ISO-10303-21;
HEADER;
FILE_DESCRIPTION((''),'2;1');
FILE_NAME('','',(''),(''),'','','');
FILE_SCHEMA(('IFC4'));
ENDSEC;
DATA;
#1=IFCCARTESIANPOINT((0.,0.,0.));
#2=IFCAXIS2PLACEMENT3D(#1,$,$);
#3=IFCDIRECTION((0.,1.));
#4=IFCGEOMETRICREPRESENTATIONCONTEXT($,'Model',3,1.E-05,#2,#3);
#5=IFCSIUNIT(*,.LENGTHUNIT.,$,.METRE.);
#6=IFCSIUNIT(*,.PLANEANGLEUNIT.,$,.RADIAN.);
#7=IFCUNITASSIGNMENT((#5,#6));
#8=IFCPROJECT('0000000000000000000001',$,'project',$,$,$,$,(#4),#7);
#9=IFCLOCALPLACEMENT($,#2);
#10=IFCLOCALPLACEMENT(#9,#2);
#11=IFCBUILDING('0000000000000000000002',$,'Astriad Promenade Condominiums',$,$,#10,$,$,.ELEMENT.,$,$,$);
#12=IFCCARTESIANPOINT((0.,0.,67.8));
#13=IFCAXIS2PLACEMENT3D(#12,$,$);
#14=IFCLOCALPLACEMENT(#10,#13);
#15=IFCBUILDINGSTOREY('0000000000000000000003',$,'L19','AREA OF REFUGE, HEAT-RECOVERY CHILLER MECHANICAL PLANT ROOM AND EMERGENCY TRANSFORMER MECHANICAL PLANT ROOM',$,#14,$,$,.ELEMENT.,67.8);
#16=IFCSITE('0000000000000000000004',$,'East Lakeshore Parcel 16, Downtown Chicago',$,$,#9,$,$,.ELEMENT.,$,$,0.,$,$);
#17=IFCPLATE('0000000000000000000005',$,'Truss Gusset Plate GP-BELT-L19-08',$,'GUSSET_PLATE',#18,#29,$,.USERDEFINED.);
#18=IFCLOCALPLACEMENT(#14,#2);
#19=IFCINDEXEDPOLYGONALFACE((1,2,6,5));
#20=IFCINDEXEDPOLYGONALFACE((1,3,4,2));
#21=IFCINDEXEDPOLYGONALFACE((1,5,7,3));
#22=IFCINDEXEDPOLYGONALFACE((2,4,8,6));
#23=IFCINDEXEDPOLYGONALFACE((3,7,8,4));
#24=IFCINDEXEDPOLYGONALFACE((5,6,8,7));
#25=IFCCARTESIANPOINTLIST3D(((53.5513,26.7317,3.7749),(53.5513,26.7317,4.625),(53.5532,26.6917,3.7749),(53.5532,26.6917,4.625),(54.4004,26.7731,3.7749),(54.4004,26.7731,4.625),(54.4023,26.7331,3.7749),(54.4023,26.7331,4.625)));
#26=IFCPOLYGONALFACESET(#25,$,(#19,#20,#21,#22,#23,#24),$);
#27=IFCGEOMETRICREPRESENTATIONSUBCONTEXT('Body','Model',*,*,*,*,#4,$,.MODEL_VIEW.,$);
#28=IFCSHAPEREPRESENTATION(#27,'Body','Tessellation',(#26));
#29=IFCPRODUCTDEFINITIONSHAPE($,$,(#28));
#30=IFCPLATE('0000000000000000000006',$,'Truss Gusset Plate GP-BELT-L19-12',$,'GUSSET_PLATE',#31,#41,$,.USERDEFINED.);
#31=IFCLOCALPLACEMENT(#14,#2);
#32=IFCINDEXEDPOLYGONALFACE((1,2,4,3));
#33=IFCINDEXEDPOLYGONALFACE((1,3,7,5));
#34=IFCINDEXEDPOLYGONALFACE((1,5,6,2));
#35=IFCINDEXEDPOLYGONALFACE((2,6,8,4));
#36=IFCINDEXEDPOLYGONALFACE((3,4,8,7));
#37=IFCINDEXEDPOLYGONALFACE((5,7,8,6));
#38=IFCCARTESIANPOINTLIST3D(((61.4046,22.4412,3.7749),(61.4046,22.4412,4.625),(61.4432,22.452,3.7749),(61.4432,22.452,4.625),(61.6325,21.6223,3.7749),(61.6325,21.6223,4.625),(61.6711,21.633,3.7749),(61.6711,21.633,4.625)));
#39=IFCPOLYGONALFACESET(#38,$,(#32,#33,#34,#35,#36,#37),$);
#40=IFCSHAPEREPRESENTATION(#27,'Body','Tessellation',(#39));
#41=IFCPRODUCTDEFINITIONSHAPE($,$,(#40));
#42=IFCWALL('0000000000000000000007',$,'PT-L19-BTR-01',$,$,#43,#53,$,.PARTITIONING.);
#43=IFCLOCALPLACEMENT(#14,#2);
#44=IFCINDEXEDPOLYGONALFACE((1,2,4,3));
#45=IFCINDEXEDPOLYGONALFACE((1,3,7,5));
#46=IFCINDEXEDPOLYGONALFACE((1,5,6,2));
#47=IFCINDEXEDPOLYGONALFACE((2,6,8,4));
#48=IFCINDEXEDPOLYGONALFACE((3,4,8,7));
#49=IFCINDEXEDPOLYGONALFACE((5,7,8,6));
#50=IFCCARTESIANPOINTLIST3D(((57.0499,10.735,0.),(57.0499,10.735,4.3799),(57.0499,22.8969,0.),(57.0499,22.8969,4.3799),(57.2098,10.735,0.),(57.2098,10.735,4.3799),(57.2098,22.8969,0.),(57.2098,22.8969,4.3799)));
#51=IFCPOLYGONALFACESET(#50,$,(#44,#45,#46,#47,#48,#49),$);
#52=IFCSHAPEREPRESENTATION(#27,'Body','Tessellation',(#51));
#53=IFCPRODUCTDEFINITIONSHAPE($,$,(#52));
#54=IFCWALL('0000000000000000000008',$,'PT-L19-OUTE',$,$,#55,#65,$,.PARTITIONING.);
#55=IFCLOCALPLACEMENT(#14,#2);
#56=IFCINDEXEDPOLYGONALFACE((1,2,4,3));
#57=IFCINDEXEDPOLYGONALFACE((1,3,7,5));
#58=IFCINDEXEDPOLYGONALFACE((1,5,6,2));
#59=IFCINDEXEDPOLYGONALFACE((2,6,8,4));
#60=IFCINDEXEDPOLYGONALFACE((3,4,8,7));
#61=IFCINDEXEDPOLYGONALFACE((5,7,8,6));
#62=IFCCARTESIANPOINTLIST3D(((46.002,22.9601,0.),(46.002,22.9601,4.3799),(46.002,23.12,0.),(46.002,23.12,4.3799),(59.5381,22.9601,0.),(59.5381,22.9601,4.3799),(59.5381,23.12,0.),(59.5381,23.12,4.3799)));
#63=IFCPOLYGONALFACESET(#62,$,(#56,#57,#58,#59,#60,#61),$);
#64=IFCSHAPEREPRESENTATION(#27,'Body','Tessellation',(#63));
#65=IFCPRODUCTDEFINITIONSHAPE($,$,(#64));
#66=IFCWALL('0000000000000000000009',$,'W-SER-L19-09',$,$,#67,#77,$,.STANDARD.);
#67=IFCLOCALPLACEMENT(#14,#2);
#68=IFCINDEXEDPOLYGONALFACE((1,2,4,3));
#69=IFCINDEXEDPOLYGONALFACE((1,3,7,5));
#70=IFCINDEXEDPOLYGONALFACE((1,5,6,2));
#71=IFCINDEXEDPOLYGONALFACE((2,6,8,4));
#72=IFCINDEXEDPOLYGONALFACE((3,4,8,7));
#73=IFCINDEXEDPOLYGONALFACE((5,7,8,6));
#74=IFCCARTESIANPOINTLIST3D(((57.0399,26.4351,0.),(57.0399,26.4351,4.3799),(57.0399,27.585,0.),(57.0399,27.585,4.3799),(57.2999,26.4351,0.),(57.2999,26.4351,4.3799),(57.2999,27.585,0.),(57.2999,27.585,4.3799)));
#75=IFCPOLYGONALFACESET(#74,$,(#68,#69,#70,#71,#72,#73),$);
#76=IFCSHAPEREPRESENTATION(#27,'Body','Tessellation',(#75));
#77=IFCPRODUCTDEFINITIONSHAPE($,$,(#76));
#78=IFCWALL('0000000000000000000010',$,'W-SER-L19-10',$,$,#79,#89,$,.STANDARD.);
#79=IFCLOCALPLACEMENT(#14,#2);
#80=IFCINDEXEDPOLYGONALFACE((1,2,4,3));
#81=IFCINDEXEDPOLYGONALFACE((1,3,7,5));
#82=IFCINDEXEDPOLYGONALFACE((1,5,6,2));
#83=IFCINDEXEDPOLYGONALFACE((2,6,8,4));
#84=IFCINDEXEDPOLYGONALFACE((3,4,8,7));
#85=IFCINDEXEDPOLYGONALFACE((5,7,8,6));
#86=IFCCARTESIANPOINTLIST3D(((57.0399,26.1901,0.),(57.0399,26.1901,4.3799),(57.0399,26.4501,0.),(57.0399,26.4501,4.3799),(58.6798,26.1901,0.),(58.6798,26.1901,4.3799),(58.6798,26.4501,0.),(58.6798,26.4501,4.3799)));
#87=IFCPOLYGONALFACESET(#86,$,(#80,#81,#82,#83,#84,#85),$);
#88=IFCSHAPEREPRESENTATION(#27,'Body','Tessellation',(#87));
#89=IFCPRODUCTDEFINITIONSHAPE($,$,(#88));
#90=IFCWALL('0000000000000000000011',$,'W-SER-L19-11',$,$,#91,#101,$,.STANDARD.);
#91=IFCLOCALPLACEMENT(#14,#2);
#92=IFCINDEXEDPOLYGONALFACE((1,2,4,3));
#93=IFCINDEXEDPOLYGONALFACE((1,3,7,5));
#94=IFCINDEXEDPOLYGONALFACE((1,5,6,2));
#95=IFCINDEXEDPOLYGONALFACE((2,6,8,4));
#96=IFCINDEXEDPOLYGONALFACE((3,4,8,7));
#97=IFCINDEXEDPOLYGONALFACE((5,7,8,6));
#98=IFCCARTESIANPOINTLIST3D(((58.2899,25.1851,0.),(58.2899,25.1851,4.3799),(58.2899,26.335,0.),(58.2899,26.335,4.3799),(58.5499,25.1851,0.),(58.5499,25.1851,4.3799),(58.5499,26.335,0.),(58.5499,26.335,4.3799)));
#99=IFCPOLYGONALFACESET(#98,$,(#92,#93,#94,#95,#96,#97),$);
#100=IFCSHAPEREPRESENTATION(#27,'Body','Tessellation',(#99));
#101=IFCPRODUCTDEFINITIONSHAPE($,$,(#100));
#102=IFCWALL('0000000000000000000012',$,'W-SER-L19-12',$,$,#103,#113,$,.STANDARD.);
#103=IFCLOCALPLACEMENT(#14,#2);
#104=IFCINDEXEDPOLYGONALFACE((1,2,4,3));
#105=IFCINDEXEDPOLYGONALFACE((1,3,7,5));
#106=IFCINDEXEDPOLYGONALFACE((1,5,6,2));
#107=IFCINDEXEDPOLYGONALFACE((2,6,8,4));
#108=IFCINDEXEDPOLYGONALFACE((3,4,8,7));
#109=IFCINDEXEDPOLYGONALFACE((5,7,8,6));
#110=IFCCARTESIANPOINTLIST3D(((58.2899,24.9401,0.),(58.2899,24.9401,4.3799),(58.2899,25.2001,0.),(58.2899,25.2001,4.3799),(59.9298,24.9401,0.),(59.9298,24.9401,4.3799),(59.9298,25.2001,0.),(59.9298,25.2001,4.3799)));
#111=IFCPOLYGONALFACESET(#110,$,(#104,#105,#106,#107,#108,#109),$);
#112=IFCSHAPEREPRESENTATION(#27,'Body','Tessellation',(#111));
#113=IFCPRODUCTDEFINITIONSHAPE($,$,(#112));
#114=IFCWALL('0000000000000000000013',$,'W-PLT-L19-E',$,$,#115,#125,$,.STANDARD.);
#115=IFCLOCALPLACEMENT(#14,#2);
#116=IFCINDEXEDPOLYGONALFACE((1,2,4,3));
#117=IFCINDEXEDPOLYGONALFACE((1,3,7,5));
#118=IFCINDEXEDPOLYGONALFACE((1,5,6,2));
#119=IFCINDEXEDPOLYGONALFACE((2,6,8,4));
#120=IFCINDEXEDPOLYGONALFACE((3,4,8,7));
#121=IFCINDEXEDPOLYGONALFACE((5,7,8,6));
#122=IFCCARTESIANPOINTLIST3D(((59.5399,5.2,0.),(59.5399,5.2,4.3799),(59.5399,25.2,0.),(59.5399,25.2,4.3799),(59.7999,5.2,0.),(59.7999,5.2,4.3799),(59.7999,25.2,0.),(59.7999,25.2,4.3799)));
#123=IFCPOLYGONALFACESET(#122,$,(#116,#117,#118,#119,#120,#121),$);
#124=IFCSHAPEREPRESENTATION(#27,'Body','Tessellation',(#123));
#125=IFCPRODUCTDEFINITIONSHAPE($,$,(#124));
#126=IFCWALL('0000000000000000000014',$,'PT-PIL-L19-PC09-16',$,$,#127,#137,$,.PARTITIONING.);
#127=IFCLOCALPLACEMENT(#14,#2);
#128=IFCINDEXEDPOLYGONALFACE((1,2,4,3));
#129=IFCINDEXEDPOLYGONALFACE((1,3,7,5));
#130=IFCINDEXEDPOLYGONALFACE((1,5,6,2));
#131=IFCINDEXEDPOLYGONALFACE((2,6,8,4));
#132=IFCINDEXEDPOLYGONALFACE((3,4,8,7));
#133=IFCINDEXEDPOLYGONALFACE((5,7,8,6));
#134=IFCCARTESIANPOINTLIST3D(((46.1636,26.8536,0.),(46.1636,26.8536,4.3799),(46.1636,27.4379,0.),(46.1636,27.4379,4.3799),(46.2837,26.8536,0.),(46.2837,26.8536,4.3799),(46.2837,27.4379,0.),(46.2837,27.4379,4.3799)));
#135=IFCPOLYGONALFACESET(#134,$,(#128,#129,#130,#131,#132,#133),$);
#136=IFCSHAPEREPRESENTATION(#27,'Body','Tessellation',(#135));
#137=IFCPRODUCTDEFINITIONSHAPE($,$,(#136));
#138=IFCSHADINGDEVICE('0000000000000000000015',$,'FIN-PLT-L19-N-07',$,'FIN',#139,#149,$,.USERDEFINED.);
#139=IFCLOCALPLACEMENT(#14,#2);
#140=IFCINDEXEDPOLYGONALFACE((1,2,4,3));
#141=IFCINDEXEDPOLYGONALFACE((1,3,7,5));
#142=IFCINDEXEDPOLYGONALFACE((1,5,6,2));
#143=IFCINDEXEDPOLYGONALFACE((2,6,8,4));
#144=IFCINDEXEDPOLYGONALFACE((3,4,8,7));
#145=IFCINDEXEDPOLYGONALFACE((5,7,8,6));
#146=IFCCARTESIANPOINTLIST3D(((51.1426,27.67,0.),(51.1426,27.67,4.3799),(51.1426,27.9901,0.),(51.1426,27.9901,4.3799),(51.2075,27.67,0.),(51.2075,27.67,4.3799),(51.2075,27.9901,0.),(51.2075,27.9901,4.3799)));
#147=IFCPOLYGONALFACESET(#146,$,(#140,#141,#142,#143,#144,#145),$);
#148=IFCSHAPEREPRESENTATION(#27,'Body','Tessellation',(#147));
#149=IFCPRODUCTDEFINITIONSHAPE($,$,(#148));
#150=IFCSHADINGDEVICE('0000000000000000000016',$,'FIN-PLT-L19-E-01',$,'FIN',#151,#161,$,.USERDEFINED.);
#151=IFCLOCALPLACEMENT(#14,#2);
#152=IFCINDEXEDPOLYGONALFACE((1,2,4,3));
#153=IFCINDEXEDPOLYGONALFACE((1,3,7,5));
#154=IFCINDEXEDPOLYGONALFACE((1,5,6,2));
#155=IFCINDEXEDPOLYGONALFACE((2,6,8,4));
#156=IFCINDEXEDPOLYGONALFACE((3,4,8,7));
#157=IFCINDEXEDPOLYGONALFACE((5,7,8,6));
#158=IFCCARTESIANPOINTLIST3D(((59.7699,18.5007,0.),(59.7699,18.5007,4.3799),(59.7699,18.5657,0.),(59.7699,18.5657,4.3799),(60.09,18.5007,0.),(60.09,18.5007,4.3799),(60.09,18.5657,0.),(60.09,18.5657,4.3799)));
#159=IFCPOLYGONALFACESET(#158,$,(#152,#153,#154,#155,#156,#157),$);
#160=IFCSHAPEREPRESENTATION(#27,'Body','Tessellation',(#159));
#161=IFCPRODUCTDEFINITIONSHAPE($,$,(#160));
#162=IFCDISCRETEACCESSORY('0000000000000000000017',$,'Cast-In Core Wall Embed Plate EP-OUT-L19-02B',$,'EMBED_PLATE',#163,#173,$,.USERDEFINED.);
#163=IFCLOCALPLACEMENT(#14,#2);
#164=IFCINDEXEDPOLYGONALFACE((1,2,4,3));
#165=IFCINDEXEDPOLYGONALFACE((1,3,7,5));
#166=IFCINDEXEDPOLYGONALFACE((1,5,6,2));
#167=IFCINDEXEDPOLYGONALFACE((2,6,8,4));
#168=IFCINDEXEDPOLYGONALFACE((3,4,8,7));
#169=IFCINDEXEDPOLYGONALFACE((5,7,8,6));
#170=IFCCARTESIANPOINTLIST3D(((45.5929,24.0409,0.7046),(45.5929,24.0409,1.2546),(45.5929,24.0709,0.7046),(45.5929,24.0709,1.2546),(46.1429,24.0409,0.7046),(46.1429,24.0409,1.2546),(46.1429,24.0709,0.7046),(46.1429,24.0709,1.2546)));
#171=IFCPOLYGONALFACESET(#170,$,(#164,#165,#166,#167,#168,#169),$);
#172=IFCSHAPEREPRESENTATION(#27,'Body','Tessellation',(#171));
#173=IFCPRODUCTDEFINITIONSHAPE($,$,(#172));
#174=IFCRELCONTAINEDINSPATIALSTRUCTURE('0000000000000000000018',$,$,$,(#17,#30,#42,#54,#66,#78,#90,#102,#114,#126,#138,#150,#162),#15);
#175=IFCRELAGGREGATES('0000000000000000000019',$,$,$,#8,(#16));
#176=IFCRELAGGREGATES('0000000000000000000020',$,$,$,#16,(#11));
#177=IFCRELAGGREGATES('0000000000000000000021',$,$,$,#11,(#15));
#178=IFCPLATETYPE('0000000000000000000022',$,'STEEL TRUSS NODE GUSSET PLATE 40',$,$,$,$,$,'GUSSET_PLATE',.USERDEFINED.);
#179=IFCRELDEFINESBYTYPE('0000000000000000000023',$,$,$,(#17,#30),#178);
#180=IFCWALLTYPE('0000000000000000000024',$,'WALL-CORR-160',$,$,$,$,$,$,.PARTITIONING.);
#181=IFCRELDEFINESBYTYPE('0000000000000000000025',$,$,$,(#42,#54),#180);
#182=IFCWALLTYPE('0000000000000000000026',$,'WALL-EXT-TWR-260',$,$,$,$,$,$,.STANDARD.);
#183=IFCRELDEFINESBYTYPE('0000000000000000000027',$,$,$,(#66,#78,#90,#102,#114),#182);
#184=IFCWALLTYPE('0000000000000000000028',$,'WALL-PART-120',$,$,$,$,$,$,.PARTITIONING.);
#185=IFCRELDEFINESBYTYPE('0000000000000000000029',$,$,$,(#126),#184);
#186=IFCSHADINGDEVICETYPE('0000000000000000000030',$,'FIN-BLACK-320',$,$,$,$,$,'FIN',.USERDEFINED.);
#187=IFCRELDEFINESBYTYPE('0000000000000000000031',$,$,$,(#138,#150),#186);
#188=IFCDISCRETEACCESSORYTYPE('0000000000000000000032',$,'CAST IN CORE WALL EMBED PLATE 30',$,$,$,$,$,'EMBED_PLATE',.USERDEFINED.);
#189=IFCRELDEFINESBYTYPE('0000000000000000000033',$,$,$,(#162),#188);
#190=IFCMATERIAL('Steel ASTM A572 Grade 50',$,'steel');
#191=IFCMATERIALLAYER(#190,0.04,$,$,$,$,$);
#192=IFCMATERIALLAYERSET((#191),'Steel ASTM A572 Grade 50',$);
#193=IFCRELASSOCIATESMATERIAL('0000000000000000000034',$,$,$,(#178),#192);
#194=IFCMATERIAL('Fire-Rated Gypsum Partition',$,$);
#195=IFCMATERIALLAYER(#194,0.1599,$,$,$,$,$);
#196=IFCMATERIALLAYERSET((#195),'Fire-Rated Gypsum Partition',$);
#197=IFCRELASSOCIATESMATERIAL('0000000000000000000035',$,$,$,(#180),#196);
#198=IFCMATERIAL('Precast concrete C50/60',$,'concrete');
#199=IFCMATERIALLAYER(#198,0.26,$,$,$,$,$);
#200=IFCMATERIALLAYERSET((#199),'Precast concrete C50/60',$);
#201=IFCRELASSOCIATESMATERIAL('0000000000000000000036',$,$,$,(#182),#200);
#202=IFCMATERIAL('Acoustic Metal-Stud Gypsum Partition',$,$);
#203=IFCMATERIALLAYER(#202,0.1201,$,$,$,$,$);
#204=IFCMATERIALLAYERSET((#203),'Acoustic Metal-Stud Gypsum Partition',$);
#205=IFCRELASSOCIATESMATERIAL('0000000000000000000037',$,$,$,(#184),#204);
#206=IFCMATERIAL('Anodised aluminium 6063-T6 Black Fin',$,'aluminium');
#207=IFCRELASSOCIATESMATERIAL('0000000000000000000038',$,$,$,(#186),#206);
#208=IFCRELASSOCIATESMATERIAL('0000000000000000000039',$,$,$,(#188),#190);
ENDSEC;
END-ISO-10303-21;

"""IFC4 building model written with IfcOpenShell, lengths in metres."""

from ifc_helpers import new_model, si_unit, direction, frame, frame_2d, origin, origin_2d, place, context, subcontext, project, spatial, rectangle, extrude, source, transform, mapped, material, layer, layer_set, type_object, type_shapes, element, save


model = new_model("IFC4")

# Units and contexts
model_context = context("Model", 3, precision=1e-05, world=origin(), true_north=direction((0.0, 1.0)))
body_context = subcontext(model_context, "Body", "Model", "MODEL_VIEW")
ifc_project = project(units=[si_unit("LENGTHUNIT", "METRE"), si_unit("PLANEANGLEUNIT", "RADIAN")], contexts=[model_context])

# Site, building, storey
site_placement = place(None, origin())
site = spatial("IfcSite", under=ifc_project, at=site_placement, Name="East Lakeshore Parcel 16, Downtown Chicago", CompositionType="ELEMENT", RefElevation=0.0)
building_placement = place(site_placement, origin())
building = spatial("IfcBuilding", under=site, at=building_placement, Name="Astriad Promenade Condominiums", CompositionType="ELEMENT")
storey_placement = place(building_placement, frame((0.0, 0.0, 67.8)))
storey = spatial("IfcBuildingStorey", under=building, at=storey_placement, Name="L19", Description="AREA OF REFUGE, HEAT-RECOVERY CHILLER MECHANICAL PLANT ROOM AND EMERGENCY TRANSFORMER MECHANICAL PLANT ROOM", CompositionType="ELEMENT", Elevation=67.8)

# Plates
ifc_material_1 = material(Name="Steel ASTM A572 Grade 50", Category="steel")
ifc_layer_1 = layer(ifc_material_1, 0.04)
ifc_layer_set_1 = layer_set([ifc_layer_1], Name="Steel ASTM A572 Grade 50")
plate_type_1 = type_object("IfcPlateType", Name="STEEL TRUSS NODE GUSSET PLATE 40", ElementType="GUSSET_PLATE", PredefinedType="USERDEFINED", material=ifc_layer_set_1)
shared_shape_1 = source(origin(), body_context, "Body", "SweptSolid", [
    extrude(rectangle(XDim=0.8501, YDim=0.04, at=origin_2d()), origin(), (0.0, 0.0, 1.0), 0.8501),
])
type_shapes(plate_type_1, [shared_shape_1])
for number, where, z_axis, x_axis, name in (
    (1, (53.9768, 26.7324, 3.7749), (0.0, 0.0, 1.0), (0.998815, 0.048675, 0.0), "Truss Gusset Plate GP-BELT-L19-08"),
    (2, (61.5378, 22.0371, 3.7749), (0.0, 0.0, 1.0), (-0.268079, 0.963397, 0.0), "Truss Gusset Plate GP-BELT-L19-12"),
):
    element("IfcPlate", number, at=place(storey_placement, frame(where, z_axis=z_axis, x_axis=x_axis)), inside=storey, type_object=plate_type_1, Name=name, ObjectType="GUSSET_PLATE", PredefinedType="USERDEFINED", context=body_context, shape_type="MappedRepresentation", body=[
        mapped(shared_shape_1, transform((0.0, 0.0, 0.0), scale=1.0)),
    ])

# Walls
ifc_material_2 = material(Name="Fire-Rated Gypsum Partition")
ifc_layer_2 = layer(ifc_material_2, 0.1599)
ifc_layer_set_2 = layer_set([ifc_layer_2], Name="Fire-Rated Gypsum Partition")
wall_type_1 = type_object("IfcWallType", Name="WALL-CORR-160", PredefinedType="PARTITIONING", material=ifc_layer_set_2)
wall_1_placement = place(storey_placement, frame((57.1299, 22.897, 0.0), z_axis=(0.0, 0.0, 1.0), x_axis=(0.0, -1.0, 0.0)))
element("IfcWall", 3, at=wall_1_placement, inside=storey, type_object=wall_type_1, Name="PT-L19-BTR-01", PredefinedType="PARTITIONING", context=body_context, shape_type="SweptSolid", body=[
    extrude(rectangle(XDim=12.1619, YDim=0.1599, at=frame_2d((6.0811, 0.0))), origin(), (0.0, 0.0, 1.0), 4.3799),
])
wall_2_placement = place(storey_placement, frame((46.002, 23.04, 0.0), z_axis=(0.0, 0.0, 1.0), x_axis=(1.0, 0.0, 0.0)))
element("IfcWall", 4, at=wall_2_placement, inside=storey, type_object=wall_type_1, Name="PT-L19-OUTE", PredefinedType="PARTITIONING", context=body_context, shape_type="SweptSolid", body=[
    extrude(rectangle(XDim=13.5361, YDim=0.1599, at=frame_2d((6.7681, 0.0))), origin(), (0.0, 0.0, 1.0), 4.3799),
])
ifc_material_3 = material(Name="Precast concrete C50/60", Category="concrete")
ifc_layer_3 = layer(ifc_material_3, 0.26)
ifc_layer_set_3 = layer_set([ifc_layer_3], Name="Precast concrete C50/60")
wall_type_2 = type_object("IfcWallType", Name="WALL-EXT-TWR-260", PredefinedType="STANDARD", material=ifc_layer_set_3)
wall_3_placement = place(storey_placement, frame((57.1699, 27.585, 0.0), z_axis=(0.0, 0.0, 1.0), x_axis=(0.0, -1.0, 0.0)))
element("IfcWall", 5, at=wall_3_placement, inside=storey, type_object=wall_type_2, Name="W-SER-L19-09", PredefinedType="STANDARD", context=body_context, shape_type="SweptSolid", body=[
    extrude(rectangle(XDim=1.1499, YDim=0.26, at=frame_2d((0.575, 0.0))), origin(), (0.0, 0.0, 1.0), 4.3799),
])
wall_4_placement = place(storey_placement, frame((57.04, 26.3201, 0.0), z_axis=(0.0, 0.0, 1.0), x_axis=(1.0, 0.0, 0.0)))
element("IfcWall", 6, at=wall_4_placement, inside=storey, type_object=wall_type_2, Name="W-SER-L19-10", PredefinedType="STANDARD", context=body_context, shape_type="SweptSolid", body=[
    extrude(rectangle(XDim=1.6399, YDim=0.26, at=frame_2d((0.8198, 0.0))), origin(), (0.0, 0.0, 1.0), 4.3799),
])
wall_5_placement = place(storey_placement, frame((58.4199, 26.335, 0.0), z_axis=(0.0, 0.0, 1.0), x_axis=(0.0, -1.0, 0.0)))
element("IfcWall", 7, at=wall_5_placement, inside=storey, type_object=wall_type_2, Name="W-SER-L19-11", PredefinedType="STANDARD", context=body_context, shape_type="SweptSolid", body=[
    extrude(rectangle(XDim=1.1499, YDim=0.26, at=frame_2d((0.575, 0.0))), origin(), (0.0, 0.0, 1.0), 4.3799),
])
wall_6_placement = place(storey_placement, frame((58.29, 25.0701, 0.0), z_axis=(0.0, 0.0, 1.0), x_axis=(1.0, 0.0, 0.0)))
element("IfcWall", 8, at=wall_6_placement, inside=storey, type_object=wall_type_2, Name="W-SER-L19-12", PredefinedType="STANDARD", context=body_context, shape_type="SweptSolid", body=[
    extrude(rectangle(XDim=1.6399, YDim=0.26, at=frame_2d((0.8198, 0.0))), origin(), (0.0, 0.0, 1.0), 4.3799),
])
wall_7_placement = place(storey_placement, frame((59.6699, 25.2, 0.0), z_axis=(0.0, 0.0, 1.0), x_axis=(0.0, -1.0, 0.0)))
element("IfcWall", 9, at=wall_7_placement, inside=storey, type_object=wall_type_2, Name="W-PLT-L19-E", PredefinedType="STANDARD", context=body_context, shape_type="SweptSolid", body=[
    extrude(rectangle(XDim=20.0, YDim=0.26, at=frame_2d((10.0, 0.0))), origin(), (0.0, 0.0, 1.0), 4.3799),
])
ifc_material_4 = material(Name="Acoustic Metal-Stud Gypsum Partition")
ifc_layer_4 = layer(ifc_material_4, 0.1201)
ifc_layer_set_4 = layer_set([ifc_layer_4], Name="Acoustic Metal-Stud Gypsum Partition")
wall_type_3 = type_object("IfcWallType", Name="WALL-PART-120", PredefinedType="PARTITIONING", material=ifc_layer_set_4)
wall_8_placement = place(storey_placement, frame((46.2236, 26.8538, 0.0), z_axis=(0.0, 0.0, 1.0), x_axis=(0.0, 1.0, 0.0)))
element("IfcWall", 10, at=wall_8_placement, inside=storey, type_object=wall_type_3, Name="PT-PIL-L19-PC09-16", PredefinedType="PARTITIONING", context=body_context, shape_type="SweptSolid", body=[
    extrude(rectangle(XDim=0.5842, YDim=0.1201, at=frame_2d((0.292, 0.0))), origin(), (0.0, 0.0, 1.0), 4.3799),
])

# Shading devices
ifc_material_5 = material(Name="Anodised aluminium 6063-T6 Black Fin", Category="aluminium")
shading_device_type = type_object("IfcShadingDeviceType", Name="FIN-BLACK-320", ElementType="FIN", PredefinedType="USERDEFINED", material=ifc_material_5)
shared_shape_2 = source(origin(), body_context, "Body", "SweptSolid", [
    extrude(rectangle(XDim=0.0649, YDim=0.3201, at=origin_2d()), origin(), (0.0, 0.0, 1.0), 4.3799),
])
type_shapes(shading_device_type, [shared_shape_2])
for number, where, z_axis, x_axis, name in (
    (11, (51.175, 27.8301, 0.0), (0.0, 0.0, 1.0), (1.0, 0.0, 0.0), "FIN-PLT-L19-N-07"),
    (12, (59.9299, 18.5332, 0.0), (0.0, 0.0, 1.0), (0.0, -1.0, 0.0), "FIN-PLT-L19-E-01"),
):
    element("IfcShadingDevice", number, at=place(storey_placement, frame(where, z_axis=z_axis, x_axis=x_axis)), inside=storey, type_object=shading_device_type, Name=name, ObjectType="FIN", PredefinedType="USERDEFINED", context=body_context, shape_type="MappedRepresentation", body=[
        mapped(shared_shape_2, transform((0.0, 0.0, 0.0), scale=1.0)),
    ])

# Discrete accessory
discrete_accessory_type = type_object("IfcDiscreteAccessoryType", Name="CAST IN CORE WALL EMBED PLATE 30", ElementType="EMBED_PLATE", PredefinedType="USERDEFINED", material=ifc_material_1)
shared_shape_3 = source(origin(), body_context, "Body", "SweptSolid", [
    extrude(rectangle(XDim=0.55, YDim=0.03, at=origin_2d()), origin(), (0.0, 0.0, 1.0), 0.55),
])
type_shapes(discrete_accessory_type, [shared_shape_3])
discrete_accessory_placement = place(storey_placement, frame((45.8679, 24.0559, 0.7046), z_axis=(0.0, 0.0, 1.0), x_axis=(1.0, 0.0, 0.0)))
element("IfcDiscreteAccessory", 13, at=discrete_accessory_placement, inside=storey, type_object=discrete_accessory_type, Name="Cast-In Core Wall Embed Plate EP-OUT-L19-02B", ObjectType="EMBED_PLATE", PredefinedType="USERDEFINED", context=body_context, shape_type="MappedRepresentation", body=[
    mapped(shared_shape_3, transform((0.0, 0.0, 0.0), scale=1.0)),
])

save(model, "model.ifc")
